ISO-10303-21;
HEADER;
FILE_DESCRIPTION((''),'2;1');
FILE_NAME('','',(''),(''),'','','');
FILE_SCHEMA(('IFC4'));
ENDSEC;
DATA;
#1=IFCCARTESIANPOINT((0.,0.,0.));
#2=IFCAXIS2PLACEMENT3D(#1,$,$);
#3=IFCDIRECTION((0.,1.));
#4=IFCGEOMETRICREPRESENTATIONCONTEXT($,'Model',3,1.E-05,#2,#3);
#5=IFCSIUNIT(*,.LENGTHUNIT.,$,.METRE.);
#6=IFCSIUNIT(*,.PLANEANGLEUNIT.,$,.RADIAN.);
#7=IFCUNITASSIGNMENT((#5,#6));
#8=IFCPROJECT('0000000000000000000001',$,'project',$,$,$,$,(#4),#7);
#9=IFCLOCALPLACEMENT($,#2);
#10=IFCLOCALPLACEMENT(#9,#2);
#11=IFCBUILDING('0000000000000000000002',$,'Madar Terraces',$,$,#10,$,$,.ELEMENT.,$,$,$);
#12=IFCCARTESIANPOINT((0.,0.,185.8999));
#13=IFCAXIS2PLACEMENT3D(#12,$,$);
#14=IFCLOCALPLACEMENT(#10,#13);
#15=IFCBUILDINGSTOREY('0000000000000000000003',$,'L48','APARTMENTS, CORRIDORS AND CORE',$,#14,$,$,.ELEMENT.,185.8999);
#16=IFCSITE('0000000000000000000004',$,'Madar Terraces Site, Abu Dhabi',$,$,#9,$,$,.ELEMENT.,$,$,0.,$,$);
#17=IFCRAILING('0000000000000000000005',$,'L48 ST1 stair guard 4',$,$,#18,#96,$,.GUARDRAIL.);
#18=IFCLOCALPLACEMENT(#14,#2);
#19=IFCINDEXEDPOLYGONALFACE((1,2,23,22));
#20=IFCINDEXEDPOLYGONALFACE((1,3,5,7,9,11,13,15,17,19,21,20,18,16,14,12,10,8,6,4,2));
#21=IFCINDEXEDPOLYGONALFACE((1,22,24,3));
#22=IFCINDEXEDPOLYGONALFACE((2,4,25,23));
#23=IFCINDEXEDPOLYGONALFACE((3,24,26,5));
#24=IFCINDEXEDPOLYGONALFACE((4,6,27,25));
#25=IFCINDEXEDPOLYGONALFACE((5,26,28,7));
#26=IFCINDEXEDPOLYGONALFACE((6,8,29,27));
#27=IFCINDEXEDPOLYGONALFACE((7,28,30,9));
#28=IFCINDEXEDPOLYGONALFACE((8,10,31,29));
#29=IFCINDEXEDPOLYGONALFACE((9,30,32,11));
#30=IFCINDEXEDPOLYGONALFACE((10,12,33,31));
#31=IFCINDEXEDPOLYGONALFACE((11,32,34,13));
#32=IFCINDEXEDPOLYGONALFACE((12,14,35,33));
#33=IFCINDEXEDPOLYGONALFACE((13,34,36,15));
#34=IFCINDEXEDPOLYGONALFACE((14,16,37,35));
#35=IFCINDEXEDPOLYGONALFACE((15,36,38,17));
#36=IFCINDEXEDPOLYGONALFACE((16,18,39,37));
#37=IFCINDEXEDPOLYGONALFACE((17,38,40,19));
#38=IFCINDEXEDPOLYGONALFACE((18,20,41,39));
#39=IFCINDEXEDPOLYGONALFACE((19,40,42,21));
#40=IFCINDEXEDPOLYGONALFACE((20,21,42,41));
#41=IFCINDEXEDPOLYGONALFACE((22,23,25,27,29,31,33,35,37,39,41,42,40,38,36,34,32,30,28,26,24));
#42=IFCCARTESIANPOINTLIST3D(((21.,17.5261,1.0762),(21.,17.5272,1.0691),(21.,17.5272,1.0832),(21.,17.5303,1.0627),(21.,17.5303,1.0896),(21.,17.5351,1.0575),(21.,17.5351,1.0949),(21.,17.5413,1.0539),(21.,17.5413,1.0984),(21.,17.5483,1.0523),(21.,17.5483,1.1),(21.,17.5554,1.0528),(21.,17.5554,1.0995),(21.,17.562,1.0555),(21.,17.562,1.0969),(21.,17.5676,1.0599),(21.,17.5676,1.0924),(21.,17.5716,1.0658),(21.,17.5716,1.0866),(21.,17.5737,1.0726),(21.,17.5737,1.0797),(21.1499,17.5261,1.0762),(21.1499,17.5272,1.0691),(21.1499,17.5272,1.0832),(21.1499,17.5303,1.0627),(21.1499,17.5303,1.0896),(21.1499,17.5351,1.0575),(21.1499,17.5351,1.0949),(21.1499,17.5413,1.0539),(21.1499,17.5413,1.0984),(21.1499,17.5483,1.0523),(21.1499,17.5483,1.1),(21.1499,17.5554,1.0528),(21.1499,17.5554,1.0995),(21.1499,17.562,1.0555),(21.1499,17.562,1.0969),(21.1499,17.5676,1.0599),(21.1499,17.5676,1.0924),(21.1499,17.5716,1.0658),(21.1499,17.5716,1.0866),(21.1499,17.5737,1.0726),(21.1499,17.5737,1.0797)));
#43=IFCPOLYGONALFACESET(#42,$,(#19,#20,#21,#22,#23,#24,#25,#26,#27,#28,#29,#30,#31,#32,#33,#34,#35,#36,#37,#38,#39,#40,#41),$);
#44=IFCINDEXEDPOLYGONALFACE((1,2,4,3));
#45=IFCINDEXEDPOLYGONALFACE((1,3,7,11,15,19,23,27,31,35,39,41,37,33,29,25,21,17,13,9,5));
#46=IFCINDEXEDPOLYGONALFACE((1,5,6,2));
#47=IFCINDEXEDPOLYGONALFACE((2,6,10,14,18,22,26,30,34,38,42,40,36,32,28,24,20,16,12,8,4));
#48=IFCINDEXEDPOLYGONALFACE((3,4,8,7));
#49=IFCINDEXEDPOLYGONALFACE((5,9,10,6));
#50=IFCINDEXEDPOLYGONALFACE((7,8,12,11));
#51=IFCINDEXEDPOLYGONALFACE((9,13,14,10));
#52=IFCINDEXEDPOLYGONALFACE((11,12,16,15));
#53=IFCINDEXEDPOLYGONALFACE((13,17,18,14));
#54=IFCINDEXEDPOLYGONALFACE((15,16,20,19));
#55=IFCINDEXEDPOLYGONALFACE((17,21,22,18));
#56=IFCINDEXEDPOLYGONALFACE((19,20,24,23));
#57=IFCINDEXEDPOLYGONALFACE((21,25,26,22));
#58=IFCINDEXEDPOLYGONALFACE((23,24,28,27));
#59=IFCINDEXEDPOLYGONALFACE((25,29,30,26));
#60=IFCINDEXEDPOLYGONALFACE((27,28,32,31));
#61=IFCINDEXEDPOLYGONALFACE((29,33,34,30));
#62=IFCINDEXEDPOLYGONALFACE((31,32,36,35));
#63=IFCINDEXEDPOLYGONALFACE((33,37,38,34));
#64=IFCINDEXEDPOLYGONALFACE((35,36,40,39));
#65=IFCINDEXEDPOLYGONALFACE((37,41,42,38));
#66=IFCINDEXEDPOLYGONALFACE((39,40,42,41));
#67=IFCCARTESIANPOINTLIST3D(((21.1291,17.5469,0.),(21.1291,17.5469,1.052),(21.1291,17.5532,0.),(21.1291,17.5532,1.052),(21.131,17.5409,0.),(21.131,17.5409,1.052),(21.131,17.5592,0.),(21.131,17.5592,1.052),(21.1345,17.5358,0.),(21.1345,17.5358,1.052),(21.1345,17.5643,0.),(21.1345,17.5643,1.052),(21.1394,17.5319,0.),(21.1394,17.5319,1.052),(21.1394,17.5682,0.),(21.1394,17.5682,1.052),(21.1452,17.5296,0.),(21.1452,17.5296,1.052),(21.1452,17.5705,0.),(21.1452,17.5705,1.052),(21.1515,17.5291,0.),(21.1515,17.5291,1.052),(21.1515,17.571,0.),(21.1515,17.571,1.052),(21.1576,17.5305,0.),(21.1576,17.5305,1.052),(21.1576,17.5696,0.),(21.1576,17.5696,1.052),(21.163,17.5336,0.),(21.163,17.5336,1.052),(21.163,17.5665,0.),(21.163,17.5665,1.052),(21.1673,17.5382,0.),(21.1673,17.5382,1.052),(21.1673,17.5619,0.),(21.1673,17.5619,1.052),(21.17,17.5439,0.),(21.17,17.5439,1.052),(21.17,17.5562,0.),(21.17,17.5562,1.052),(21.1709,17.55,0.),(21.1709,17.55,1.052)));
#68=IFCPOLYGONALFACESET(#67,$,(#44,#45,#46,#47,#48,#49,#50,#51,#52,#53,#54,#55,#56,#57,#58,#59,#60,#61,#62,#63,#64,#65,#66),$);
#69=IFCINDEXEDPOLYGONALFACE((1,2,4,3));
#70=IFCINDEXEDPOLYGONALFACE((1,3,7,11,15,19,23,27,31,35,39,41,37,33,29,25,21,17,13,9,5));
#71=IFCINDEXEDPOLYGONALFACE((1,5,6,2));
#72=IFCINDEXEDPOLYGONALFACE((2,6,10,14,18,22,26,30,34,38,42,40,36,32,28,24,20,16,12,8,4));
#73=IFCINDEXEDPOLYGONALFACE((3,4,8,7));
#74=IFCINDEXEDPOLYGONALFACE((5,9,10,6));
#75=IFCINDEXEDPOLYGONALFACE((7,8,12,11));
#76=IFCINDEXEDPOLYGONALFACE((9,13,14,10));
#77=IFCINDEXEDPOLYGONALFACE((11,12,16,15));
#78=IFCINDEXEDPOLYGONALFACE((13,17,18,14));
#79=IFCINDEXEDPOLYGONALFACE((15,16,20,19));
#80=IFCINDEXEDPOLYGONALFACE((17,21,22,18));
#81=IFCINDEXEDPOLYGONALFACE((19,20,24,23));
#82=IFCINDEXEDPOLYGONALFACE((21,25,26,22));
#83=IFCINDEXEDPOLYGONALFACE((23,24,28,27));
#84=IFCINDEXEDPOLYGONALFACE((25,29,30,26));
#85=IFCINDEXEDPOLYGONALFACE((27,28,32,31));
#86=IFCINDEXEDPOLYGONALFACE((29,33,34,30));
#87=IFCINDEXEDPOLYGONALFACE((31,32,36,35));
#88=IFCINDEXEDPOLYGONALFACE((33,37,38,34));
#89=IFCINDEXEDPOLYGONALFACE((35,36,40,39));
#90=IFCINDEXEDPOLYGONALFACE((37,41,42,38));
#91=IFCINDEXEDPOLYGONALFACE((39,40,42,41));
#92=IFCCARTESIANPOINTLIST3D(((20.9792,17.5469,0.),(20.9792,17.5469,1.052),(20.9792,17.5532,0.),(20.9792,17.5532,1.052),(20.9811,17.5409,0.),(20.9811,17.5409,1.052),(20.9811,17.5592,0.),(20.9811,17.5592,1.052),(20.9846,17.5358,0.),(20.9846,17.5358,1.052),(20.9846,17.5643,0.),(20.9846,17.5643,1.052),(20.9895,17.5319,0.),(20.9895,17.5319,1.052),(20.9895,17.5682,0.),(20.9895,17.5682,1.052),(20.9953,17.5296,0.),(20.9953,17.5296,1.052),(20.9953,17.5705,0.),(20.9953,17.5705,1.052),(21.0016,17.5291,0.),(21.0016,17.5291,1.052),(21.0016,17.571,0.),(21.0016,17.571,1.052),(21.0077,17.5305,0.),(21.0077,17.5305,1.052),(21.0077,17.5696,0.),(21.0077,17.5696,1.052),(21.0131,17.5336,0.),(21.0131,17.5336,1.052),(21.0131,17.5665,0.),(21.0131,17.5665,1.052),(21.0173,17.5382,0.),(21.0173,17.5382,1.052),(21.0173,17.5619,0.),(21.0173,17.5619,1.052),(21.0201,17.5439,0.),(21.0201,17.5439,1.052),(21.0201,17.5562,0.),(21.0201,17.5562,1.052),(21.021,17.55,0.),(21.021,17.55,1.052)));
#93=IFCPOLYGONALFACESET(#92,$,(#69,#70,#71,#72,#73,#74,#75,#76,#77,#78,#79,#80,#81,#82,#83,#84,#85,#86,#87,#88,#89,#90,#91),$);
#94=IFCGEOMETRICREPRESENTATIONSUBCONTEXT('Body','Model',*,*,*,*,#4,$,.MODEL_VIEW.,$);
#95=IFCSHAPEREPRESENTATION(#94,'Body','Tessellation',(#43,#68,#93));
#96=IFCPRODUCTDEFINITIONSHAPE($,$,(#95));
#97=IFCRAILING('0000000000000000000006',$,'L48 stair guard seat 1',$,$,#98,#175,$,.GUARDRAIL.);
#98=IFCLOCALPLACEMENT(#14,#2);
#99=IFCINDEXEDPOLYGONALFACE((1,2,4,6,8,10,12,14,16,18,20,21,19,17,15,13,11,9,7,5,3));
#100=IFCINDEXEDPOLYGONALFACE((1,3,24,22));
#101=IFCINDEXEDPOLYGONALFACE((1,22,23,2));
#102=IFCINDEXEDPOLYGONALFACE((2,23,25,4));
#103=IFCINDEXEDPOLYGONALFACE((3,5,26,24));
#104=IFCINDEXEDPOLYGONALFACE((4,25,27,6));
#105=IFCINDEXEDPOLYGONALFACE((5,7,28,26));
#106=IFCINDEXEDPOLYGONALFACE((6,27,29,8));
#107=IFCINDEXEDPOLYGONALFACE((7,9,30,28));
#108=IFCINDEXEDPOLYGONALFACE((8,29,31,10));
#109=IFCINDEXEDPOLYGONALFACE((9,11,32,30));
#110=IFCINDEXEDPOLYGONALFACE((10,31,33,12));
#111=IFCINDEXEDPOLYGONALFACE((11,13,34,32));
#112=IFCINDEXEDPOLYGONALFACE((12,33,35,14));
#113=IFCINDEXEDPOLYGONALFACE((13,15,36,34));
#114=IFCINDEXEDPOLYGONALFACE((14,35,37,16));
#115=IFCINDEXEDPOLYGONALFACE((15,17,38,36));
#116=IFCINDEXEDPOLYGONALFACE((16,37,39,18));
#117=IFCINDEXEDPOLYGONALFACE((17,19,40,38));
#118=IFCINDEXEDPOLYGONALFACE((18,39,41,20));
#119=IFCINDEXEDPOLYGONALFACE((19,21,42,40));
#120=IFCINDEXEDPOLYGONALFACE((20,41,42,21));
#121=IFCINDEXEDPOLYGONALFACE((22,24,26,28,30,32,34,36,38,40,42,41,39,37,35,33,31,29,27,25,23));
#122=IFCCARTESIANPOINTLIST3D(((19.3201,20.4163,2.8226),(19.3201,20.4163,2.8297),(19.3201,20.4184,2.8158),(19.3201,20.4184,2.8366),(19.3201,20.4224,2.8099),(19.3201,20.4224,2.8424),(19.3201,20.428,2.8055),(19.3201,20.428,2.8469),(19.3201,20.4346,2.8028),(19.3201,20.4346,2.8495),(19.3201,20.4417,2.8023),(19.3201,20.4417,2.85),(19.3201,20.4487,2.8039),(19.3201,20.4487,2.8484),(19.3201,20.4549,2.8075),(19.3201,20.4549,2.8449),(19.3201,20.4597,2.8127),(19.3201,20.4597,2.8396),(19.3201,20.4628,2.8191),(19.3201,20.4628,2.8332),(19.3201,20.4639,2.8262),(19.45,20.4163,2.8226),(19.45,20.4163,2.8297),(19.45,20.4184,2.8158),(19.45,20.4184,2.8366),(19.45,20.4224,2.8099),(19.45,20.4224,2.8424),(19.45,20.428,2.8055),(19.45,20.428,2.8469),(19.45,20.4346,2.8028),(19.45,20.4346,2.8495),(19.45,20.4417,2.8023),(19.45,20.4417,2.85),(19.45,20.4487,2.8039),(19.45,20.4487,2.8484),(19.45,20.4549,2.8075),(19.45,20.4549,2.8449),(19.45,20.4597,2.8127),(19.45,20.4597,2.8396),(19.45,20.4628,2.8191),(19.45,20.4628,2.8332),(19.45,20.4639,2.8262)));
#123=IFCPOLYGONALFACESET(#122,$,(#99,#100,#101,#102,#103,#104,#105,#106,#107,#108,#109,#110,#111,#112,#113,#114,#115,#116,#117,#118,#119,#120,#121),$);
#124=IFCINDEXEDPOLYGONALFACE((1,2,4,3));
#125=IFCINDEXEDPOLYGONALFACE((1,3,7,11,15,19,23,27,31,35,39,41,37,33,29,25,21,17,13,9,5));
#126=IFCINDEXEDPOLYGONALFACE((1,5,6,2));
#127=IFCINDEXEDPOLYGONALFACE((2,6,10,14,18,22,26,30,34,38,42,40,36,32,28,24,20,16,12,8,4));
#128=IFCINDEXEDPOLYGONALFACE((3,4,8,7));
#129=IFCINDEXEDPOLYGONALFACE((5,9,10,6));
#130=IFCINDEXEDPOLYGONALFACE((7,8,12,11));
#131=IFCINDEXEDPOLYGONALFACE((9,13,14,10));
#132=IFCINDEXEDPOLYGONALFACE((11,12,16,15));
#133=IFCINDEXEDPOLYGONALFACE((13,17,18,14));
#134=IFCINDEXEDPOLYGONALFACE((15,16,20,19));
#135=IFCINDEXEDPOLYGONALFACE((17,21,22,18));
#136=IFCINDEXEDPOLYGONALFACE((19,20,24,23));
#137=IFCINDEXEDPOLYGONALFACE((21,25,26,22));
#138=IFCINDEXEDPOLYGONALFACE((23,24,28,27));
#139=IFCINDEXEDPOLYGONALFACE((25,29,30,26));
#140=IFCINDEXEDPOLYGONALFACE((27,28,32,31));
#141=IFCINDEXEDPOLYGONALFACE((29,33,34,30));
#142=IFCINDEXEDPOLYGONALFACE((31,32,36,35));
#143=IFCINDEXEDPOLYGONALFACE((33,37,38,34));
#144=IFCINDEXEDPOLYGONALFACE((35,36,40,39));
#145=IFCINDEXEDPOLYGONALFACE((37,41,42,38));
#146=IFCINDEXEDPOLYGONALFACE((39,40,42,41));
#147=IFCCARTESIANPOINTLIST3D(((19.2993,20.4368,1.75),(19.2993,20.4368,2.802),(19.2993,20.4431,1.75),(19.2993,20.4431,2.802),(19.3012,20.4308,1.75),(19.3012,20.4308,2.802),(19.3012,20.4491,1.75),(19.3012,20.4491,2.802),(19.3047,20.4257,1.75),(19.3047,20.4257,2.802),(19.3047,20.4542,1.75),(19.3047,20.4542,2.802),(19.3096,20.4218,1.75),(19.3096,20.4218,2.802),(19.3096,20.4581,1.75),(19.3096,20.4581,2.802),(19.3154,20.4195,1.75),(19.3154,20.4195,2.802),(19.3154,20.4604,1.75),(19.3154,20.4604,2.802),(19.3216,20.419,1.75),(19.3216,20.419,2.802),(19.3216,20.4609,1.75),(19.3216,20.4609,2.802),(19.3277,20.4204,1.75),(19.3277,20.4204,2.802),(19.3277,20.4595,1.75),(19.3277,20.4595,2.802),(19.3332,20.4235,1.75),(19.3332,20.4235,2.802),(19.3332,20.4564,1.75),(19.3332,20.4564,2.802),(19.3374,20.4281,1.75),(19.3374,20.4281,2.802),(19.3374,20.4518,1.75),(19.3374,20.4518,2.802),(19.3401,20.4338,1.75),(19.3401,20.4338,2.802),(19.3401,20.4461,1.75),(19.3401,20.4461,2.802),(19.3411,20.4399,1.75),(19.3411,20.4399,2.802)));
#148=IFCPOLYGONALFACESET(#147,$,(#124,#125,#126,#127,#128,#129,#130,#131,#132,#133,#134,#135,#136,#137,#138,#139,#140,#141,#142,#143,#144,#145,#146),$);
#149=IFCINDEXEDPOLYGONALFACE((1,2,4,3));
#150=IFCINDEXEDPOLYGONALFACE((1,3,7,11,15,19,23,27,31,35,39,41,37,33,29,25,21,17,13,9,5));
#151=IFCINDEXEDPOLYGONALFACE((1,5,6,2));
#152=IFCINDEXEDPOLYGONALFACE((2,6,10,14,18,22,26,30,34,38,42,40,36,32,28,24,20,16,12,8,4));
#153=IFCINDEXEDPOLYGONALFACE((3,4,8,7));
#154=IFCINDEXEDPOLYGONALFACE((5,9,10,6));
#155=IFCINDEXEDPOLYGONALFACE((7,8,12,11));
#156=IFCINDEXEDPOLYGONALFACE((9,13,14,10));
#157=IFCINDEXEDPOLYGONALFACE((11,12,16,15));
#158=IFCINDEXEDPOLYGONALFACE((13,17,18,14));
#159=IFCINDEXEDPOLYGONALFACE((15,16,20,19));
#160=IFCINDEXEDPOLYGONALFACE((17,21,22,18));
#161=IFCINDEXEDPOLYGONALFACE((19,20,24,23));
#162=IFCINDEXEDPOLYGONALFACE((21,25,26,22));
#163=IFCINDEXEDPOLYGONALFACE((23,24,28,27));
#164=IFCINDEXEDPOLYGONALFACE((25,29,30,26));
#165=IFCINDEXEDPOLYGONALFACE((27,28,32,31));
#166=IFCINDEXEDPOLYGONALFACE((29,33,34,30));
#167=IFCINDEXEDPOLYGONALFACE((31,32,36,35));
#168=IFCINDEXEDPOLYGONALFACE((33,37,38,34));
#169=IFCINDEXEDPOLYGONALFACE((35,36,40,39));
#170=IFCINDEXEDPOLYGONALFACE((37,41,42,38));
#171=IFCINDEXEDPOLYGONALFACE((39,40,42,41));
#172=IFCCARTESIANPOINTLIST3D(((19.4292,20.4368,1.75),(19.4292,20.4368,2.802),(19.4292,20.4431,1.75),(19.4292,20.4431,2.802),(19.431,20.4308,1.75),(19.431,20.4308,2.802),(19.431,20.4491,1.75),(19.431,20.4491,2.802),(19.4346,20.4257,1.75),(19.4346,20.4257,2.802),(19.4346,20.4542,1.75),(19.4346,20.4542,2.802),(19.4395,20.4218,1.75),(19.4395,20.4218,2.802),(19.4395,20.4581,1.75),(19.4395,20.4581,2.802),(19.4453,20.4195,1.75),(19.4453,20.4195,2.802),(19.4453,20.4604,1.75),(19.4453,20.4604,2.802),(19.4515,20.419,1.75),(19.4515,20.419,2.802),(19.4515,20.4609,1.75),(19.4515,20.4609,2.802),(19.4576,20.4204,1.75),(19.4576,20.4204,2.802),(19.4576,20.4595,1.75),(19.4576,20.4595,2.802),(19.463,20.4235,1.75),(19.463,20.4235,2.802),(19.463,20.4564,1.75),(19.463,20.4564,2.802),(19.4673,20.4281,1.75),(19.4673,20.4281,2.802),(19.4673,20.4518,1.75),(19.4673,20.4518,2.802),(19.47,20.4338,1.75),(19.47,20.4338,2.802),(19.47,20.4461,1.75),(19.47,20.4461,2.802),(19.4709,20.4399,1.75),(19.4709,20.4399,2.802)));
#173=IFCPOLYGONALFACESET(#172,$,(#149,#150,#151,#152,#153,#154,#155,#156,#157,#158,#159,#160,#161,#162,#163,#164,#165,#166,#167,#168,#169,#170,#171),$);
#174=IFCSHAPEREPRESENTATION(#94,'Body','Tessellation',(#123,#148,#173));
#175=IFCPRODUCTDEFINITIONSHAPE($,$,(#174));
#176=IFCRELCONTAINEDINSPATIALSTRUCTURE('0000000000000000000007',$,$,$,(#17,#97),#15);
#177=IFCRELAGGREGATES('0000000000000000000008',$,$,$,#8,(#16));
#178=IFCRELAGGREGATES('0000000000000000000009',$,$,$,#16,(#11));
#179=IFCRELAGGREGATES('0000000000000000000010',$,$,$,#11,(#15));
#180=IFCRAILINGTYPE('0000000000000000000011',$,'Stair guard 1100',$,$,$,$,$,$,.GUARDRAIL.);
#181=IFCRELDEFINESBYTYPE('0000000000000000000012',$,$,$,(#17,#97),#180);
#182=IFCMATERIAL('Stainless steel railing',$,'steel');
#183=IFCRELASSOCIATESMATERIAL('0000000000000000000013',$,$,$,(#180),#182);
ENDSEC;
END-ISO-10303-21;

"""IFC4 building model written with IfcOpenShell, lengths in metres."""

from ifc_helpers import new_model, si_unit, direction, frame, origin, origin_2d, place, context, subcontext, project, spatial, circle, extrude, material, type_object, element, save


model = new_model("IFC4")

# Units and contexts
model_context = context("Model", 3, precision=1e-05, world=origin(), true_north=direction((0.0, 1.0)))
body_context = subcontext(model_context, "Body", "Model", "MODEL_VIEW")
ifc_project = project(units=[si_unit("LENGTHUNIT", "METRE"), si_unit("PLANEANGLEUNIT", "RADIAN")], contexts=[model_context])

# Site, building, storey
site_placement = place(None, origin())
site = spatial("IfcSite", under=ifc_project, at=site_placement, Name="Madar Terraces Site, Abu Dhabi", CompositionType="ELEMENT", RefElevation=0.0)
building_placement = place(site_placement, origin())
building = spatial("IfcBuilding", under=site, at=building_placement, Name="Madar Terraces", CompositionType="ELEMENT")
storey_placement = place(building_placement, frame((0.0, 0.0, 185.8999)))
storey = spatial("IfcBuildingStorey", under=building, at=storey_placement, Name="L48", Description="APARTMENTS, CORRIDORS AND CORE", CompositionType="ELEMENT", Elevation=185.8999)

# Railings
ifc_material_1 = material(Name="Stainless steel railing", Category="steel")
railing_type_1 = type_object("IfcRailingType", Name="Stair guard 1100", PredefinedType="GUARDRAIL", material=ifc_material_1)
railing_1_placement = place(storey_placement, frame((21.1499, 17.55, 0.0)))
element("IfcRailing", 1, at=railing_1_placement, inside=storey, type_object=railing_type_1, Name="L48 ST1 stair guard 4", PredefinedType="GUARDRAIL", context=body_context, shape_type="SweptSolid", body=[
    extrude(circle(Radius=0.0239, at=origin_2d()), frame((0.0, 0.0, 1.0762), z_axis=(-1.0, 0.0, 0.0), x_axis=(0.0, -1.0, 0.0)), (0.0, 0.0, 1.0), 0.1499),
    extrude(circle(Radius=0.021, at=origin_2d()), origin(), (0.0, 0.0, 1.0), 1.052),
    extrude(circle(Radius=0.021, at=origin_2d()), frame((-0.1499, 0.0, 0.0)), (0.0, 0.0, 1.0), 1.052),
])
railing_2_placement = place(storey_placement, frame((19.3201, 20.4399, 1.75)))
element("IfcRailing", 2, at=railing_2_placement, inside=storey, type_object=railing_type_1, Name="L48 stair guard seat 1", PredefinedType="GUARDRAIL", context=body_context, shape_type="SweptSolid", body=[
    extrude(circle(Radius=0.0239, at=origin_2d()), frame((0.0, 0.0, 1.0762), z_axis=(1.0, 0.0, 0.0), x_axis=(0.0, 1.0, 0.0)), (0.0, 0.0, 1.0), 0.1299),
    extrude(circle(Radius=0.021, at=origin_2d()), origin(), (0.0, 0.0, 1.0), 1.052),
    extrude(circle(Radius=0.021, at=origin_2d()), frame((0.1299, 0.0, 0.0)), (0.0, 0.0, 1.0), 1.052),
])

save(model, "model.ifc")
